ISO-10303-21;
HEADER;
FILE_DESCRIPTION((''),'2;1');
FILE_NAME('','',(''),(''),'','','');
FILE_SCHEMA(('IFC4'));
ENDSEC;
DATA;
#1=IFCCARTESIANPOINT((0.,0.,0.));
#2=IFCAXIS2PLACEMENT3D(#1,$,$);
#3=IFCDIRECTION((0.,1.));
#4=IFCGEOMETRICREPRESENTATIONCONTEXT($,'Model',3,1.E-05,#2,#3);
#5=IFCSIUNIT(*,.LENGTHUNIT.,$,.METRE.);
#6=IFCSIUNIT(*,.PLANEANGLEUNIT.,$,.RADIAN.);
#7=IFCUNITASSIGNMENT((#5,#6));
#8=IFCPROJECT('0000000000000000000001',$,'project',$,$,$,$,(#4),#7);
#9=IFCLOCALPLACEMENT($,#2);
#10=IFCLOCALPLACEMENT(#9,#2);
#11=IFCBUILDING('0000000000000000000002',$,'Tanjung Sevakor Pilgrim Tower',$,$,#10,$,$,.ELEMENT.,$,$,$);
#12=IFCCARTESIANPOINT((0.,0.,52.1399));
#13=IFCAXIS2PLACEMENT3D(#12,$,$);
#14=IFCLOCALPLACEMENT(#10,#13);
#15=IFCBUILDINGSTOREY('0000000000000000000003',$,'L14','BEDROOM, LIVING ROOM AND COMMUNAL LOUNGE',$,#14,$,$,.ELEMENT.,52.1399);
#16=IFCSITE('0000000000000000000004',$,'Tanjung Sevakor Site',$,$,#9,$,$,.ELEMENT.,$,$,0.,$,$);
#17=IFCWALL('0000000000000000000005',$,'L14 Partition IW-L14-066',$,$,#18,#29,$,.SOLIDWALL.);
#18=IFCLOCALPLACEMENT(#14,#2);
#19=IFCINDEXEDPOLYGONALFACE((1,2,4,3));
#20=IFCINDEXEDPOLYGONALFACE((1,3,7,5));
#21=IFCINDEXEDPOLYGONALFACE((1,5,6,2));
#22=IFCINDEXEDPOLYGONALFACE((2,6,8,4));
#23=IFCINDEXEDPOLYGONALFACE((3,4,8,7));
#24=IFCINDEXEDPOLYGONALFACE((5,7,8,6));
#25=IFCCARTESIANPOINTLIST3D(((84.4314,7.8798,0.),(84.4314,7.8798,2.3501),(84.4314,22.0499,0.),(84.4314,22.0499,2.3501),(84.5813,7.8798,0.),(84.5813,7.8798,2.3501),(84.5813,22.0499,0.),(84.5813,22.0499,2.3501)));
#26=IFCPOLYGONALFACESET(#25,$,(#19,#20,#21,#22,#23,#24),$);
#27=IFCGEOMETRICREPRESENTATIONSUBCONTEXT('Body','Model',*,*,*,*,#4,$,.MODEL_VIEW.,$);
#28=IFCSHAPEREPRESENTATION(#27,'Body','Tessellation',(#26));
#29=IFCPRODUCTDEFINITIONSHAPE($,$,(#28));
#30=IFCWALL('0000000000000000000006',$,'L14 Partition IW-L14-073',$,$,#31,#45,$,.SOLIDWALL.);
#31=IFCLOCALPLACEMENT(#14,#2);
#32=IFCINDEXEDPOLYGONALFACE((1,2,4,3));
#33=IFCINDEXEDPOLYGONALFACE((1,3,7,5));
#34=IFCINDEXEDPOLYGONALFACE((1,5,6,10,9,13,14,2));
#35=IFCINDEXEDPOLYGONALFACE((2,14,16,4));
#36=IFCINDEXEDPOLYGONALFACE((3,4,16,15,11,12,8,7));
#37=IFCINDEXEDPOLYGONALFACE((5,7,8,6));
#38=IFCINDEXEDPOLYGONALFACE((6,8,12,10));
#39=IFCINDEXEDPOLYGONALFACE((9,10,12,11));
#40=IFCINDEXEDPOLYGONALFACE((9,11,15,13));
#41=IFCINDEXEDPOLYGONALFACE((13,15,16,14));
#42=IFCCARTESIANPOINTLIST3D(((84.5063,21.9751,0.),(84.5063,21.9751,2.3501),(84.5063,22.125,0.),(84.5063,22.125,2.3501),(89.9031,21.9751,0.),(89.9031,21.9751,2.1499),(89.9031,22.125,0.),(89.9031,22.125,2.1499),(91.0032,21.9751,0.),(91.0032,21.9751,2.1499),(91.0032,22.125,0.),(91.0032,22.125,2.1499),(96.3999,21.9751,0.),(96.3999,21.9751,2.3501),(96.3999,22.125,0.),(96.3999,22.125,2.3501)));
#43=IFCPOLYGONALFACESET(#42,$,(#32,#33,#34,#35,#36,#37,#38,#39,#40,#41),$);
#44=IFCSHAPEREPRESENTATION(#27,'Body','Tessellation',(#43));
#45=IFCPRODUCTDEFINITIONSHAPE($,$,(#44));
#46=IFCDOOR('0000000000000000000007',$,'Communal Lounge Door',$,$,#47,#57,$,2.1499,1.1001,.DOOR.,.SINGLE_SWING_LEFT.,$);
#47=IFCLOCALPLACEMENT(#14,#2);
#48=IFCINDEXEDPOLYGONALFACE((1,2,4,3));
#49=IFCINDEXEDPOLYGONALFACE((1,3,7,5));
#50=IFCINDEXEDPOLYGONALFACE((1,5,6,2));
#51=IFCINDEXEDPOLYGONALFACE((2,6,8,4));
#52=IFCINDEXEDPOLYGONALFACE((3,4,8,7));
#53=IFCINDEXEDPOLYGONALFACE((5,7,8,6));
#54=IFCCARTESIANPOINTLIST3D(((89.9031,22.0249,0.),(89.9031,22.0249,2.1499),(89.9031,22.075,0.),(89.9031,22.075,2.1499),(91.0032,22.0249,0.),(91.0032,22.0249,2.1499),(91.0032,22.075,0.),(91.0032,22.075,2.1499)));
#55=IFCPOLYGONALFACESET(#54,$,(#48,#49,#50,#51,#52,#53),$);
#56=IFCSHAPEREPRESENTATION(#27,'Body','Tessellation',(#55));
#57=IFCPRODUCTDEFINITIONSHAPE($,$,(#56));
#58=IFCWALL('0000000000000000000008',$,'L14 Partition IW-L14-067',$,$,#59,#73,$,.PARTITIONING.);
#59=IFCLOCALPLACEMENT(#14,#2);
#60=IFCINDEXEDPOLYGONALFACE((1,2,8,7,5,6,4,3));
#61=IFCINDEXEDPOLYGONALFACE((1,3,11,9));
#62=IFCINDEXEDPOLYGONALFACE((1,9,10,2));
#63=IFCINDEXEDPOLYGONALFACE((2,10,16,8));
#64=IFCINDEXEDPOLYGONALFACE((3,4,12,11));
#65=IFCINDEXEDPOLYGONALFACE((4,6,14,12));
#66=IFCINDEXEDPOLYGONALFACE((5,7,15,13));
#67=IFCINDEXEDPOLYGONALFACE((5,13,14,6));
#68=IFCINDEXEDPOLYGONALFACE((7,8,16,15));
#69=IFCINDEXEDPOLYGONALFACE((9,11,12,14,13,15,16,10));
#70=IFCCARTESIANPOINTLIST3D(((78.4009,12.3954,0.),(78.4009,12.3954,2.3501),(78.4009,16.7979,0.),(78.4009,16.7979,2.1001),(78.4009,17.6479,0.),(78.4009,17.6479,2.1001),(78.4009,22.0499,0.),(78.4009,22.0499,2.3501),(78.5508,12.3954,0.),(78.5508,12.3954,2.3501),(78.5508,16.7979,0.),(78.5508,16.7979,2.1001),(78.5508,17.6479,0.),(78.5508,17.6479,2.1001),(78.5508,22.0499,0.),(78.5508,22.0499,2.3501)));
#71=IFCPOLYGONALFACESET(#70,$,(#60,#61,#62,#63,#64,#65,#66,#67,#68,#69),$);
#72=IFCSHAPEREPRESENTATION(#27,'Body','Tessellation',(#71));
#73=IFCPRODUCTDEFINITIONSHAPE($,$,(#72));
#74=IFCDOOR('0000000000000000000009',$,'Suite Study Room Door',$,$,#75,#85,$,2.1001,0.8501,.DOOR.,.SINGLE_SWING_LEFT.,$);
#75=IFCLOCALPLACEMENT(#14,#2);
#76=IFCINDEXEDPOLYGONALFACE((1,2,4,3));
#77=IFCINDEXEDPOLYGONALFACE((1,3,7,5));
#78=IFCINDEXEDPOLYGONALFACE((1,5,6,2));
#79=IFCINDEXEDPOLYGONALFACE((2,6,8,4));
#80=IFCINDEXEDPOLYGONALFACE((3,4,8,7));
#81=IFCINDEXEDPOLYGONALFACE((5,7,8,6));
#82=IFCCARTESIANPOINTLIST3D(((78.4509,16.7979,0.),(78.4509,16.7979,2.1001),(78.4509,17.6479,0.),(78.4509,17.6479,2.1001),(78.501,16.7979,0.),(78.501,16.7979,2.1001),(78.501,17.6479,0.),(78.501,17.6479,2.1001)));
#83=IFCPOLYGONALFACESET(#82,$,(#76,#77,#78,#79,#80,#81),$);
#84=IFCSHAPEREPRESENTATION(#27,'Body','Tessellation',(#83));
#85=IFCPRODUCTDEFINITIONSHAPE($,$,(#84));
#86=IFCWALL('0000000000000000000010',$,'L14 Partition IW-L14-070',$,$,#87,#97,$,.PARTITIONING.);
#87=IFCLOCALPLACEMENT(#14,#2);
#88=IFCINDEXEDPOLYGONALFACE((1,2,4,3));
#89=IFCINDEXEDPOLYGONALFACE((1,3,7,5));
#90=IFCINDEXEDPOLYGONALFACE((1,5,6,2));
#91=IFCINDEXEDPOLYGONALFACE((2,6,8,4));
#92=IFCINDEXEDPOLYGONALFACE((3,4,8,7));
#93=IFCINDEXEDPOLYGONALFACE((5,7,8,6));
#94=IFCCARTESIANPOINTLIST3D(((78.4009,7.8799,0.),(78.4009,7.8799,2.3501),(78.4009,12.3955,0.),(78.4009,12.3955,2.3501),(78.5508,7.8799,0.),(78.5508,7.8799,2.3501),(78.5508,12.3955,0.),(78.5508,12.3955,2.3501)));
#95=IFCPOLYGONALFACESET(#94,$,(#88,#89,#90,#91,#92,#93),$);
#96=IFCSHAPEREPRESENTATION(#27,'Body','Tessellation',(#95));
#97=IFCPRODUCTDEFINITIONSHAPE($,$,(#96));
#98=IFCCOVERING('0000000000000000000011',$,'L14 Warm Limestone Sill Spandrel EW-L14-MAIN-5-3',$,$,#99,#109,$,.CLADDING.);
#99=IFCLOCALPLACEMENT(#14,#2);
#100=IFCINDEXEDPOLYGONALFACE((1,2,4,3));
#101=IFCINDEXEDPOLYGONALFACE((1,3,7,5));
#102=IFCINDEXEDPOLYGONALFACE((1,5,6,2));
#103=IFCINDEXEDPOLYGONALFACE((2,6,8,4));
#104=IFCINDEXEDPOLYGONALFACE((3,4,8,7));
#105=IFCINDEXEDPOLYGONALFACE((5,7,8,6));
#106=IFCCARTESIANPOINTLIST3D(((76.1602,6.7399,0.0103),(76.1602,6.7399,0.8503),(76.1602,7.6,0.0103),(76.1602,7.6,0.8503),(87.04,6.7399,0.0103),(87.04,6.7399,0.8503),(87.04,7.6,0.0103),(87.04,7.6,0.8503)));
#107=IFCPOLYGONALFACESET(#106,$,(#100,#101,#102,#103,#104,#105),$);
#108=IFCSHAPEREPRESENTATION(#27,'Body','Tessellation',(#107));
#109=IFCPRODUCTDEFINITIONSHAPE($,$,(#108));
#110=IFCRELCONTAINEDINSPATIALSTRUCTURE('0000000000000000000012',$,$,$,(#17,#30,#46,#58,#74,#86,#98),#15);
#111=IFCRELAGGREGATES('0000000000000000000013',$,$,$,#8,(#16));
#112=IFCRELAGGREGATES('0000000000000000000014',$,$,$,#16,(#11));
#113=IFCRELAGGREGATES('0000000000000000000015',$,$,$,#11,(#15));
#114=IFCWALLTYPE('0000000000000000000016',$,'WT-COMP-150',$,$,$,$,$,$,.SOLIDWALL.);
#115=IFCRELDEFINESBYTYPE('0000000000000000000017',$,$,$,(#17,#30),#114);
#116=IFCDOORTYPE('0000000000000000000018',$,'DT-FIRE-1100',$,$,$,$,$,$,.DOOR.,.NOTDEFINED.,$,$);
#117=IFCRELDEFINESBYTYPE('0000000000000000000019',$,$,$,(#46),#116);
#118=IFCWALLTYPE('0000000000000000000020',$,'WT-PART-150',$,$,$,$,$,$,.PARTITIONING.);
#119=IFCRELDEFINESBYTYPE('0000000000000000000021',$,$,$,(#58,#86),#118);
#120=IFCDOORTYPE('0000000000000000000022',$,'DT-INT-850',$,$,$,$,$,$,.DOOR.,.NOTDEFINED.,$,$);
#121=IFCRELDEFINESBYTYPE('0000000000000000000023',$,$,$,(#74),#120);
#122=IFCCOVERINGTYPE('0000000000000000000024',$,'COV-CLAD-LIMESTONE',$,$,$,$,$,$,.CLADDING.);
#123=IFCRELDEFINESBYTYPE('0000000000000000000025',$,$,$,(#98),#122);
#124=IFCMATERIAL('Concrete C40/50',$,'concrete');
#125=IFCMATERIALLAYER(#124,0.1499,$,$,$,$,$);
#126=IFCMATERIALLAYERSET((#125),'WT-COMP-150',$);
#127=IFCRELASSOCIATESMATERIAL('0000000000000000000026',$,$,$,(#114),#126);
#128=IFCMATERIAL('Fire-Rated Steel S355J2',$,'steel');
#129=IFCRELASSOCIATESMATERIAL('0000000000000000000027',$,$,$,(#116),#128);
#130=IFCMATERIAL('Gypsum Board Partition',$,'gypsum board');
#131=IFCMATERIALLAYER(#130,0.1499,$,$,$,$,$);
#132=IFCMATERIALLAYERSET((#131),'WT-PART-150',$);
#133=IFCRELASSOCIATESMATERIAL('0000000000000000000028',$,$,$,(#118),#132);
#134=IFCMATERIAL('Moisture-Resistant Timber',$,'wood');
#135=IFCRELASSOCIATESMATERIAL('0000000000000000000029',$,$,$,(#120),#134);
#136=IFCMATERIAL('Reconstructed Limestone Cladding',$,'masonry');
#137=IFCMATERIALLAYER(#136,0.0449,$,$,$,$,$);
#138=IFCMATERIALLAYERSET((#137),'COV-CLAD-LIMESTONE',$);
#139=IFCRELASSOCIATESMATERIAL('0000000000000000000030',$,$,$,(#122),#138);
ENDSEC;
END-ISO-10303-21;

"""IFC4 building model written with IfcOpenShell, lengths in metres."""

from ifc_helpers import new_model, si_unit, direction, frame, frame_2d, origin, origin_2d, place, context, subcontext, project, spatial, rectangle, extrude, material, layer, layer_set, type_object, element, fill, save


model = new_model("IFC4")

# Units and contexts
model_context = context("Model", 3, precision=1e-05, world=origin(), true_north=direction((0.0, 1.0)))
body_context = subcontext(model_context, "Body", "Model", "MODEL_VIEW")
ifc_project = project(units=[si_unit("LENGTHUNIT", "METRE"), si_unit("PLANEANGLEUNIT", "RADIAN")], contexts=[model_context])

# Site, building, storey
site_placement = place(None, origin())
site = spatial("IfcSite", under=ifc_project, at=site_placement, Name="Tanjung Sevakor Site", CompositionType="ELEMENT", RefElevation=0.0)
building_placement = place(site_placement, origin())
building = spatial("IfcBuilding", under=site, at=building_placement, Name="Tanjung Sevakor Pilgrim Tower", CompositionType="ELEMENT")
storey_placement = place(building_placement, frame((0.0, 0.0, 52.1399)))
storey = spatial("IfcBuildingStorey", under=building, at=storey_placement, Name="L14", Description="BEDROOM, LIVING ROOM AND COMMUNAL LOUNGE", CompositionType="ELEMENT", Elevation=52.1399)

# Wall
ifc_material_1 = material(Name="Concrete C40/50", Category="concrete")
ifc_layer_1 = layer(ifc_material_1, 0.1499)
ifc_layer_set_1 = layer_set([ifc_layer_1], Name="WT-COMP-150")
wall_type_1 = type_object("IfcWallType", Name="WT-COMP-150", PredefinedType="SOLIDWALL", material=ifc_layer_set_1)
wall_1_placement = place(storey_placement, frame((84.5063, 7.8799, 0.0), z_axis=(0.0, 0.0, 1.0), x_axis=(0.0, 1.0, 0.0)))
element("IfcWall", 1, at=wall_1_placement, inside=storey, type_object=wall_type_1, Name="L14 Partition IW-L14-066", PredefinedType="SOLIDWALL", context=body_context, shape_type="SweptSolid", body=[
    extrude(rectangle(XDim=14.1702, YDim=0.1499, at=frame_2d((7.085, 0.0))), origin(), (0.0, 0.0, 1.0), 2.3501),
])

# Walls, openings, doors
wall_2_placement = place(storey_placement, frame((84.5063, 22.05, 0.0), z_axis=(0.0, 0.0, 1.0), x_axis=(1.0, 0.0, 0.0)))
wall_2 = element("IfcWall", 2, at=wall_2_placement, inside=storey, type_object=wall_type_1, Name="L14 Partition IW-L14-073", PredefinedType="SOLIDWALL", context=body_context, shape_type="SweptSolid", body=[
    extrude(rectangle(XDim=11.8936, YDim=0.1499, at=frame_2d((5.9468, 0.0))), origin(), (0.0, 0.0, 1.0), 2.3501),
])
opening_1_placement = place(wall_2_placement, frame((5.3967, 0.0, 0.0)))
opening_1 = element("IfcOpeningElement", 3, at=opening_1_placement, cuts=wall_2, PredefinedType="OPENING", context=body_context, shape_type="SweptSolid", body=[
    extrude(rectangle(XDim=1.1001, YDim=2.1499, at=frame_2d((0.55, 1.075))), frame((0.0, 0.085, 0.0), z_axis=(0.0, -1.0, 0.0), x_axis=(1.0, 0.0, 0.0)), (0.0, 0.0, 1.0), 0.1699),
])
ifc_material_2 = material(Name="Fire-Rated Steel S355J2", Category="steel")
door_type_1 = type_object("IfcDoorType", Name="DT-FIRE-1100", OperationType="NOTDEFINED", PredefinedType="DOOR", material=ifc_material_2)
door_1_placement = place(opening_1_placement, origin())
door_1 = element("IfcDoor", 4, at=door_1_placement, inside=storey, type_object=door_type_1, Name="Communal Lounge Door", OperationType="SINGLE_SWING_LEFT", OverallHeight=2.1499, OverallWidth=1.1001, PredefinedType="DOOR", context=body_context, shape_type="SweptSolid", body=[
    extrude(rectangle(XDim=1.1001, YDim=2.1499, at=frame_2d((0.55, 1.075))), frame((0.0, 0.0249, 0.0), z_axis=(0.0, -1.0, 0.0), x_axis=(1.0, 0.0, 0.0)), (0.0, 0.0, 1.0), 0.05),
])
fill(opening_1, door_1)
ifc_material_3 = material(Name="Gypsum Board Partition", Category="gypsum board")
ifc_layer_2 = layer(ifc_material_3, 0.1499)
ifc_layer_set_2 = layer_set([ifc_layer_2], Name="WT-PART-150")
wall_type_2 = type_object("IfcWallType", Name="WT-PART-150", PredefinedType="PARTITIONING", material=ifc_layer_set_2)
wall_3_placement = place(storey_placement, frame((78.4758, 12.3955, 0.0), z_axis=(0.0, 0.0, 1.0), x_axis=(0.0, 1.0, 0.0)))
wall_3 = element("IfcWall", 5, at=wall_3_placement, inside=storey, type_object=wall_type_2, Name="L14 Partition IW-L14-067", PredefinedType="PARTITIONING", context=body_context, shape_type="SweptSolid", body=[
    extrude(rectangle(XDim=9.6545, YDim=0.1499, at=frame_2d((4.8271, 0.0))), origin(), (0.0, 0.0, 1.0), 2.3501),
])
opening_2_placement = place(wall_3_placement, frame((4.4023, 0.0, 0.0)))
opening_2 = element("IfcOpeningElement", 6, at=opening_2_placement, cuts=wall_3, PredefinedType="OPENING", context=body_context, shape_type="SweptSolid", body=[
    extrude(rectangle(XDim=0.8501, YDim=2.1001, at=frame_2d((0.425, 1.05))), frame((0.0, 0.085, 0.0), z_axis=(0.0, -1.0, 0.0), x_axis=(1.0, 0.0, 0.0)), (0.0, 0.0, 1.0), 0.1699),
])
ifc_material_4 = material(Name="Moisture-Resistant Timber", Category="wood")
door_type_2 = type_object("IfcDoorType", Name="DT-INT-850", OperationType="NOTDEFINED", PredefinedType="DOOR", material=ifc_material_4)
door_2_placement = place(opening_2_placement, origin())
door_2 = element("IfcDoor", 7, at=door_2_placement, inside=storey, type_object=door_type_2, Name="Suite Study Room Door", OperationType="SINGLE_SWING_LEFT", OverallHeight=2.1001, OverallWidth=0.8501, PredefinedType="DOOR", context=body_context, shape_type="SweptSolid", body=[
    extrude(rectangle(XDim=0.8501, YDim=2.1001, at=frame_2d((0.425, 1.05))), frame((0.0, 0.0249, 0.0), z_axis=(0.0, -1.0, 0.0), x_axis=(1.0, 0.0, 0.0)), (0.0, 0.0, 1.0), 0.05),
])
fill(opening_2, door_2)

# Wall
wall_4_placement = place(storey_placement, frame((78.4758, 7.8799, 0.0), z_axis=(0.0, 0.0, 1.0), x_axis=(0.0, 1.0, 0.0)))
element("IfcWall", 8, at=wall_4_placement, inside=storey, type_object=wall_type_2, Name="L14 Partition IW-L14-070", PredefinedType="PARTITIONING", context=body_context, shape_type="SweptSolid", body=[
    extrude(rectangle(XDim=4.5156, YDim=0.1499, at=frame_2d((2.2578, 0.0))), origin(), (0.0, 0.0, 1.0), 2.3501),
])

# Covering
ifc_material_5 = material(Name="Reconstructed Limestone Cladding", Category="masonry")
ifc_layer_3 = layer(ifc_material_5, 0.0449)
ifc_layer_set_3 = layer_set([ifc_layer_3], Name="COV-CLAD-LIMESTONE")
covering_type = type_object("IfcCoveringType", Name="COV-CLAD-LIMESTONE", PredefinedType="CLADDING", material=ifc_layer_set_3)
covering_placement = place(storey_placement, frame((81.6001, 7.1699, 0.0103), z_axis=(0.0, 0.0, 1.0), x_axis=(1.0, 0.0, 0.0)))
element("IfcCovering", 9, at=covering_placement, inside=storey, type_object=covering_type, Name="L14 Warm Limestone Sill Spandrel EW-L14-MAIN-5-3", PredefinedType="CLADDING", context=body_context, shape_type="SweptSolid", body=[
    extrude(rectangle(XDim=10.8799, YDim=0.8601, at=origin_2d()), origin(), (0.0, 0.0, 1.0), 0.8401),
])

save(model, "model.ifc")
